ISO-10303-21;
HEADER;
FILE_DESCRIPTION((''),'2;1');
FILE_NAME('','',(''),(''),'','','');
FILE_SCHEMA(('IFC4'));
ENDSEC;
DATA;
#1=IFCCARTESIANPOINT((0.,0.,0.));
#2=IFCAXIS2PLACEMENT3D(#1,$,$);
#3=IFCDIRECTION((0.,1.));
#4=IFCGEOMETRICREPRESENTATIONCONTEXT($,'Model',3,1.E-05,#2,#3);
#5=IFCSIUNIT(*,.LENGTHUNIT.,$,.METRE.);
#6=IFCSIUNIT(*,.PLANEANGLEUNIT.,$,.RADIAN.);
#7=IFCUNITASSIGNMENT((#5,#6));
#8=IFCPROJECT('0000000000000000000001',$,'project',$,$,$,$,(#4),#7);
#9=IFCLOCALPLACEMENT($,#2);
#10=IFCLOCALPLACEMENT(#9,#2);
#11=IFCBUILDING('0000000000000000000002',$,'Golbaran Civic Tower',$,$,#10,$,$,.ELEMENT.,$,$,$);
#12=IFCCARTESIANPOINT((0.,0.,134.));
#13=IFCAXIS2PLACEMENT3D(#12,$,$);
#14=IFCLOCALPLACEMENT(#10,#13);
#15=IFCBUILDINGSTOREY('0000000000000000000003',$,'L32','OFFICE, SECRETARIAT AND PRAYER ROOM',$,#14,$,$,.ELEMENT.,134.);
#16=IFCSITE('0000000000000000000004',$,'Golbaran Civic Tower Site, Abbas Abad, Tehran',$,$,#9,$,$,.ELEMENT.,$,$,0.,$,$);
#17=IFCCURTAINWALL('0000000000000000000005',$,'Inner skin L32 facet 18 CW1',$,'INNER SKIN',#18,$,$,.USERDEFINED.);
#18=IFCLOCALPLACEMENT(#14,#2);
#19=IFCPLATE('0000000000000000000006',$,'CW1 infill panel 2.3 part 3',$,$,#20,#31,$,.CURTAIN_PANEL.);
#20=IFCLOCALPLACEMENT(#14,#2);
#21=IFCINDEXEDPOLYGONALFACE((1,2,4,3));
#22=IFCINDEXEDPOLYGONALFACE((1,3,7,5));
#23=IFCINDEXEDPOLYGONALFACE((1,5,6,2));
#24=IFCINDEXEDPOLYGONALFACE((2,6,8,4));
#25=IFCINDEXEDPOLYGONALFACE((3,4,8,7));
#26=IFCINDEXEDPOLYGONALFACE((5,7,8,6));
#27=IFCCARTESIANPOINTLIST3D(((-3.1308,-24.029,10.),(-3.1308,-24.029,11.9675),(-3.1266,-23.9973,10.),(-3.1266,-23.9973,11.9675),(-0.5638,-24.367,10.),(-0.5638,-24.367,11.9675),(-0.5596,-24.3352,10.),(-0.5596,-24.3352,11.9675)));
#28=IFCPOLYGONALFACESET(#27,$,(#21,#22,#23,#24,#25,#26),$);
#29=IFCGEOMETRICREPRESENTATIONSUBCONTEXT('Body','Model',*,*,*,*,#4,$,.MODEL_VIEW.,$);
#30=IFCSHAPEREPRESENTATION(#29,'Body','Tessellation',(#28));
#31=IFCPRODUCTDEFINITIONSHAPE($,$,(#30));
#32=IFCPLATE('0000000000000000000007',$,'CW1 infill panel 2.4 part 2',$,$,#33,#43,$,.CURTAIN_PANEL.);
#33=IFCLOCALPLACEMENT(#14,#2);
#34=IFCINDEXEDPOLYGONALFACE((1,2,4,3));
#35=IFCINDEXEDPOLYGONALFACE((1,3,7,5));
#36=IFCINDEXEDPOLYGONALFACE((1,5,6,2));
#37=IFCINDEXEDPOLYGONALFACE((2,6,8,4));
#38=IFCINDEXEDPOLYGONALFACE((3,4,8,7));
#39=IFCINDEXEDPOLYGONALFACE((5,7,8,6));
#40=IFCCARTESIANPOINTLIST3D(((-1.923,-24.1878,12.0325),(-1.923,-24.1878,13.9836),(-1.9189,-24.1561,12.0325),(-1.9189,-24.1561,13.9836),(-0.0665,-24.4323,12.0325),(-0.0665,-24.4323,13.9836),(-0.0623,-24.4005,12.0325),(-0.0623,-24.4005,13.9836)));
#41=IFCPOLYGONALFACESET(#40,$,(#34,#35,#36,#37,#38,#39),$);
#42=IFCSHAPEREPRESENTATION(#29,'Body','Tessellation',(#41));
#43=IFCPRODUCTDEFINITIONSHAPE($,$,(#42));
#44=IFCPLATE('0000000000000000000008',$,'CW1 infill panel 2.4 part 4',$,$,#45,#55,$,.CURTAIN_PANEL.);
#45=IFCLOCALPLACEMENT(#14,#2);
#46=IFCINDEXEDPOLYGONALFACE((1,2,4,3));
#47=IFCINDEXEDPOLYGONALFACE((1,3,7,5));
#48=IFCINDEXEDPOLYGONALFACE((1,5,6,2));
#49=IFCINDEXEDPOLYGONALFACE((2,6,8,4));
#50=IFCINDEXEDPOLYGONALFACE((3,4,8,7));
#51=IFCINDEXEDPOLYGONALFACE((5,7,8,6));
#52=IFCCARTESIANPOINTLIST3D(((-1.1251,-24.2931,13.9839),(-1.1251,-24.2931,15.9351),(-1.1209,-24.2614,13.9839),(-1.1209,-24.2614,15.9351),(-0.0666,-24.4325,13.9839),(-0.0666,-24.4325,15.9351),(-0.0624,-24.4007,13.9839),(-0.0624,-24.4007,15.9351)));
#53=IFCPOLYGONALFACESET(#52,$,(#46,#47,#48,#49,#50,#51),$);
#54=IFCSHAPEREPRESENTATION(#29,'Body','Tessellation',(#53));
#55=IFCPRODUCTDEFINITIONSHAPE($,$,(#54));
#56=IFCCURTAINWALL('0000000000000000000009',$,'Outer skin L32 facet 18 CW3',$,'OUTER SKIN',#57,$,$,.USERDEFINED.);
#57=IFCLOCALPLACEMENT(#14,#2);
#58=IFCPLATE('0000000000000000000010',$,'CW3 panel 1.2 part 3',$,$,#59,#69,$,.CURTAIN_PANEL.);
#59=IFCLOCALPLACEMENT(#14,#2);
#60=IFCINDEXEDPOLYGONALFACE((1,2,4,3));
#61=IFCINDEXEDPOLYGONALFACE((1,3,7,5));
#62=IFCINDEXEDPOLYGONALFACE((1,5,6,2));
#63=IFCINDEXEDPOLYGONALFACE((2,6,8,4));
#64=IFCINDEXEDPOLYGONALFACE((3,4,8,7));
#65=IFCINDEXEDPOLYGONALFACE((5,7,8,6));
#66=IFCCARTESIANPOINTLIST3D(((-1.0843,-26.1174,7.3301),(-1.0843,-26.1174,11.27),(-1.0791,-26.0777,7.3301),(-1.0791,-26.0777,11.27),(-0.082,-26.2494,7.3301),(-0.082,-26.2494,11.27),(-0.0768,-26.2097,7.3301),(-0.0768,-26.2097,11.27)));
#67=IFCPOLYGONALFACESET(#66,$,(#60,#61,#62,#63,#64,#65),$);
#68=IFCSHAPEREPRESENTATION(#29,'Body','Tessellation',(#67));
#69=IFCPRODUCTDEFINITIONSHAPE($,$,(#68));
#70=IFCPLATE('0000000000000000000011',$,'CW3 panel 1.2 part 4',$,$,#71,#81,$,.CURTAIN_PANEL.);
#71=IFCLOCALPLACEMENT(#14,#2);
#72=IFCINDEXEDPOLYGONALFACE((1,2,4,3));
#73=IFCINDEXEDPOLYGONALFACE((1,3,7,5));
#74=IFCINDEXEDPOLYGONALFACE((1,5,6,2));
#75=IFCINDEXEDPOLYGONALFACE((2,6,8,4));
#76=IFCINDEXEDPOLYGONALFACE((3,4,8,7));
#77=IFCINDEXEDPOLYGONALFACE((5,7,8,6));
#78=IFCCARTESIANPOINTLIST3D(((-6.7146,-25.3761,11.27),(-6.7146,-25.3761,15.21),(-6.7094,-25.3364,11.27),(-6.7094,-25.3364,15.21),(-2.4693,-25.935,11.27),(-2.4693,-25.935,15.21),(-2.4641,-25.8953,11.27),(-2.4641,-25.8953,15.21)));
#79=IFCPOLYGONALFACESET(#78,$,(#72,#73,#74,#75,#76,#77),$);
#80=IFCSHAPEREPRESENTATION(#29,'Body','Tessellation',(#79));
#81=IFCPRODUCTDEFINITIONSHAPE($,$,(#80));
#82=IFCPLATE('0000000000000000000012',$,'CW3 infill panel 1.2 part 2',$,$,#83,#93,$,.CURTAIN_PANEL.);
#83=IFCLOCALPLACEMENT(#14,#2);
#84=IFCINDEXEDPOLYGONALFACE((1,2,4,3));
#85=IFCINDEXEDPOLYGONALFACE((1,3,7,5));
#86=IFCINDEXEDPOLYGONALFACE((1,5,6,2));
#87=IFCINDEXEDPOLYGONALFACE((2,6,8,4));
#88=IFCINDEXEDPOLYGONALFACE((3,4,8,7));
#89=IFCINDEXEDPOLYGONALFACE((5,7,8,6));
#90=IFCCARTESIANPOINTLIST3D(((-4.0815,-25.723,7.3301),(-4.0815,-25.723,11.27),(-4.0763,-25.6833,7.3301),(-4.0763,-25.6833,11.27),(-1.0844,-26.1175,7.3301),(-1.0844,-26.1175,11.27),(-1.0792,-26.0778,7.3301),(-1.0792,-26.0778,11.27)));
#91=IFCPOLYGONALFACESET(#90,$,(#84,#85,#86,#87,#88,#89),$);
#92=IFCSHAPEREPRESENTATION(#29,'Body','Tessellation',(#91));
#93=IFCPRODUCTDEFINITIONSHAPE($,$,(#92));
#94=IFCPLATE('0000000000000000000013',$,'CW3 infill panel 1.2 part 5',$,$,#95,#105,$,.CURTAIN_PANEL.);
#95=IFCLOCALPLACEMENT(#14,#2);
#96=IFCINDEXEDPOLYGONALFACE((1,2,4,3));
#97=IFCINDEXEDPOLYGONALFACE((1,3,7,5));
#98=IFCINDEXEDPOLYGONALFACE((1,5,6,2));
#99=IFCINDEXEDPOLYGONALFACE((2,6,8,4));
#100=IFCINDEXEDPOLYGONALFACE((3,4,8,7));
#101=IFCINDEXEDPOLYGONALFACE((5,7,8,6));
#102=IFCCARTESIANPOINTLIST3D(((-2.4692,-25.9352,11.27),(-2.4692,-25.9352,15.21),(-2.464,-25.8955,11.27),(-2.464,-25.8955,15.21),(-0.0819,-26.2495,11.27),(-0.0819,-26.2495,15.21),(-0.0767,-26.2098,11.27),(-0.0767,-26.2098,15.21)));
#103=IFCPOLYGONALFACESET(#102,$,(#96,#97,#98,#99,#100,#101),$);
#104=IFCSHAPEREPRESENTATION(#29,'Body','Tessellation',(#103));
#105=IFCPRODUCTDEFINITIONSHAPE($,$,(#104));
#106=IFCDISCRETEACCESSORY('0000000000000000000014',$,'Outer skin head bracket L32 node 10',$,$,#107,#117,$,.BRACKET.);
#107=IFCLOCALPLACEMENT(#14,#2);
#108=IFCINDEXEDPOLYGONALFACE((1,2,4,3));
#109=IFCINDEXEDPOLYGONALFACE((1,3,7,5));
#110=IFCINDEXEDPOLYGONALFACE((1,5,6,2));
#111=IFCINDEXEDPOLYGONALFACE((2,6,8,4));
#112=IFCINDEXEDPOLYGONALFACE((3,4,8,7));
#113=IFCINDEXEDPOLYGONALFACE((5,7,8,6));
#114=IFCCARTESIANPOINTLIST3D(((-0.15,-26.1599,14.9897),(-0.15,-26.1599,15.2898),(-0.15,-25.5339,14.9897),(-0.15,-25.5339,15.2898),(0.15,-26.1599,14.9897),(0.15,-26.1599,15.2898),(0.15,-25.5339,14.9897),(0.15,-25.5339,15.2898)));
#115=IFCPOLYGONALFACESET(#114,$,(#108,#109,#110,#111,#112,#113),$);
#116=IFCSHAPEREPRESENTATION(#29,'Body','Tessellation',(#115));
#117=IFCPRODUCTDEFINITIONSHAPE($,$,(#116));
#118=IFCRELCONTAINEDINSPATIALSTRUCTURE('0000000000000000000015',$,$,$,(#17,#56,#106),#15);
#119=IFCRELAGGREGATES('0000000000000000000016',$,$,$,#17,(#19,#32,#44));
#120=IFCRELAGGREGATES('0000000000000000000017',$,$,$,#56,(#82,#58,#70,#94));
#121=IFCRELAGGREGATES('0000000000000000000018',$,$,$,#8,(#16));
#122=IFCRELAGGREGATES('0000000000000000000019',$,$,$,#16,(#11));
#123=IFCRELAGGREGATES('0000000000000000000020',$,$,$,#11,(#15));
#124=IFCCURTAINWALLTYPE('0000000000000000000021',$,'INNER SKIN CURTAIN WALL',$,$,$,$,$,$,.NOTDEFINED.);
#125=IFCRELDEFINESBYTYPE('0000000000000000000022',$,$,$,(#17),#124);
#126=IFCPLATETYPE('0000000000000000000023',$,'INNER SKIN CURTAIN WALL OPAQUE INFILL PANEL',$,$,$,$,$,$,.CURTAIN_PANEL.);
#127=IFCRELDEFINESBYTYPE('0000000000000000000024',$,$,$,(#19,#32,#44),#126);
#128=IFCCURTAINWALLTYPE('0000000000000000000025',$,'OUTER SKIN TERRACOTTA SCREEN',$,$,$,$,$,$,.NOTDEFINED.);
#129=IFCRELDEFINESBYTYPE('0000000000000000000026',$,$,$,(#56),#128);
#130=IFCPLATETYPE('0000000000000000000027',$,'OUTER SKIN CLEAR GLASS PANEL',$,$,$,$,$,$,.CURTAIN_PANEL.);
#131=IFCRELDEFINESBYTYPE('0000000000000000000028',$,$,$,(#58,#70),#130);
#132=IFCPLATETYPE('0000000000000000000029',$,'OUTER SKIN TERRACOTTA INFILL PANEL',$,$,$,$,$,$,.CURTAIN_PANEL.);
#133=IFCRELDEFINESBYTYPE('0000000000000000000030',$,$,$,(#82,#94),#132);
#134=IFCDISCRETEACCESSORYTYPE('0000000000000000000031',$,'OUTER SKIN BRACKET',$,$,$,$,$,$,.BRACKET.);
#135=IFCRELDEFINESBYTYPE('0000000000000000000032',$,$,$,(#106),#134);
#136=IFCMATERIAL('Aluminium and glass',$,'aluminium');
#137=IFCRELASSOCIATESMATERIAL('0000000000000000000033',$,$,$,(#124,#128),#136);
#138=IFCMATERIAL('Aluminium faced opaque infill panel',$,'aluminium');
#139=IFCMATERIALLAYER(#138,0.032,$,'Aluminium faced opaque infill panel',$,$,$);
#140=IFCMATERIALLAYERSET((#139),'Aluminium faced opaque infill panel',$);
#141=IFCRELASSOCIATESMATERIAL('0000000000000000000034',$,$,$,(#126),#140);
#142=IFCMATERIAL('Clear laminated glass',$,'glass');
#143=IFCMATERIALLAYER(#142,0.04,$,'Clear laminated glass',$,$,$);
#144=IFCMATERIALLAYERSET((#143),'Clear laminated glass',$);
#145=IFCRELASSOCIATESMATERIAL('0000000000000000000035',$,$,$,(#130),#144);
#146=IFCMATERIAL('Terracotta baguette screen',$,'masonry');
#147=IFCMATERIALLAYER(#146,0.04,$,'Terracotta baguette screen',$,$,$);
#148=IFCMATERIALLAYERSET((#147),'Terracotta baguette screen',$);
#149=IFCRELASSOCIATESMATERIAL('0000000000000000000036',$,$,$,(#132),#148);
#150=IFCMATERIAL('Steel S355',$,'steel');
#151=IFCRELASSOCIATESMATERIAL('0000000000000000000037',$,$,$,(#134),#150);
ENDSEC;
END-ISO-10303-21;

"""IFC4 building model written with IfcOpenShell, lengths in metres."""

from ifc_helpers import new_model, si_unit, direction, frame, origin, origin_2d, place, context, subcontext, project, spatial, rectangle, extrude, material, layer, layer_set, type_object, element, aggregate, save


model = new_model("IFC4")

# Units and contexts
model_context = context("Model", 3, precision=1e-05, world=origin(), true_north=direction((0.0, 1.0)))
body_context = subcontext(model_context, "Body", "Model", "MODEL_VIEW")
ifc_project = project(units=[si_unit("LENGTHUNIT", "METRE"), si_unit("PLANEANGLEUNIT", "RADIAN")], contexts=[model_context])

# Site, building, storey
site_placement = place(None, origin())
site = spatial("IfcSite", under=ifc_project, at=site_placement, Name="Golbaran Civic Tower Site, Abbas Abad, Tehran", CompositionType="ELEMENT", RefElevation=0.0)
building_placement = place(site_placement, origin())
building = spatial("IfcBuilding", under=site, at=building_placement, Name="Golbaran Civic Tower", CompositionType="ELEMENT")
storey_placement = place(building_placement, frame((0.0, 0.0, 134.0)))
storey = spatial("IfcBuildingStorey", under=building, at=storey_placement, Name="L32", Description="OFFICE, SECRETARIAT AND PRAYER ROOM", CompositionType="ELEMENT", Elevation=134.0)

# Curtain wall, plates
ifc_material_1 = material(Name="Aluminium and glass", Category="aluminium")
curtain_wall_type_1 = type_object("IfcCurtainWallType", Name="INNER SKIN CURTAIN WALL", PredefinedType="NOTDEFINED", material=ifc_material_1)
curtain_wall_1_placement = place(storey_placement, origin())
curtain_wall_1 = element("IfcCurtainWall", 1, at=curtain_wall_1_placement, inside=storey, type_object=curtain_wall_type_1, Name="Inner skin L32 facet 18 CW1", ObjectType="INNER SKIN", PredefinedType="USERDEFINED")
ifc_material_2 = material(Name="Aluminium faced opaque infill panel", Category="aluminium")
ifc_layer_1 = layer(ifc_material_2, 0.032, Name="Aluminium faced opaque infill panel")
ifc_layer_set_1 = layer_set([ifc_layer_1], Name="Aluminium faced opaque infill panel")
plate_type_1 = type_object("IfcPlateType", Name="INNER SKIN CURTAIN WALL OPAQUE INFILL PANEL", PredefinedType="CURTAIN_PANEL", material=ifc_layer_set_1)
plate_1_placement = place(storey_placement, frame((-1.8452, -24.1821, 10.0), z_axis=(0.0, 0.0, 1.0), x_axis=(0.991445, -0.130526, 0.0)))
plate_1 = element("IfcPlate", 2, at=plate_1_placement, type_object=plate_type_1, Name="CW1 infill panel 2.3 part 3", PredefinedType="CURTAIN_PANEL", context=body_context, shape_type="SweptSolid", body=[
    extrude(rectangle(XDim=2.5891, YDim=0.032, at=origin_2d()), origin(), (0.0, 0.0, 1.0), 1.9675),
])
plate_2_placement = place(storey_placement, frame((-0.9927, -24.2942, 12.0325), z_axis=(0.0, 0.0, 1.0), x_axis=(0.991445, -0.130526, 0.0)))
plate_2 = element("IfcPlate", 3, at=plate_2_placement, type_object=plate_type_1, Name="CW1 infill panel 2.4 part 2", PredefinedType="CURTAIN_PANEL", context=body_context, shape_type="SweptSolid", body=[
    extrude(rectangle(XDim=1.8726, YDim=0.032, at=origin_2d()), origin(), (0.0, 0.0, 1.0), 1.9512),
])
plate_3_placement = place(storey_placement, frame((-0.5938, -24.3469, 13.9839), z_axis=(0.0, 0.0, 1.0), x_axis=(0.991445, -0.130526, 0.0)))
plate_3 = element("IfcPlate", 4, at=plate_3_placement, type_object=plate_type_1, Name="CW1 infill panel 2.4 part 4", PredefinedType="CURTAIN_PANEL", context=body_context, shape_type="SweptSolid", body=[
    extrude(rectangle(XDim=1.0676, YDim=0.032, at=origin_2d()), origin(), (0.0, 0.0, 1.0), 1.9512),
])
aggregate(curtain_wall_1, [plate_1, plate_2, plate_3])

# Curtain wall, plates
curtain_wall_type_2 = type_object("IfcCurtainWallType", Name="OUTER SKIN TERRACOTTA SCREEN", PredefinedType="NOTDEFINED", material=ifc_material_1)
curtain_wall_2_placement = place(storey_placement, origin())
curtain_wall_2 = element("IfcCurtainWall", 5, at=curtain_wall_2_placement, inside=storey, type_object=curtain_wall_type_2, Name="Outer skin L32 facet 18 CW3", ObjectType="OUTER SKIN", PredefinedType="USERDEFINED")
ifc_material_3 = material(Name="Clear laminated glass", Category="glass")
ifc_layer_2 = layer(ifc_material_3, 0.04, Name="Clear laminated glass")
ifc_layer_set_2 = layer_set([ifc_layer_2], Name="Clear laminated glass")
plate_type_2 = type_object("IfcPlateType", Name="OUTER SKIN CLEAR GLASS PANEL", PredefinedType="CURTAIN_PANEL", material=ifc_layer_set_2)
plate_4_placement = place(storey_placement, frame((-0.5806, -26.1636, 7.3301), z_axis=(0.0, 0.0, 1.0), x_axis=(0.991445, -0.130526, 0.0)))
plate_4 = element("IfcPlate", 6, at=plate_4_placement, type_object=plate_type_2, Name="CW3 panel 1.2 part 3", PredefinedType="CURTAIN_PANEL", context=body_context, shape_type="SweptSolid", body=[
    extrude(rectangle(XDim=1.011, YDim=0.04, at=origin_2d()), origin(), (0.0, 0.0, 1.0), 3.9399),
])
plate_5_placement = place(storey_placement, frame((-4.5894, -25.6357, 11.27), z_axis=(0.0, 0.0, 1.0), x_axis=(0.991445, -0.130526, 0.0)))
plate_5 = element("IfcPlate", 7, at=plate_5_placement, type_object=plate_type_2, Name="CW3 panel 1.2 part 4", PredefinedType="CURTAIN_PANEL", context=body_context, shape_type="SweptSolid", body=[
    extrude(rectangle(XDim=4.282, YDim=0.04, at=origin_2d()), origin(), (0.0, 0.0, 1.0), 3.9399),
])
ifc_material_4 = material(Name="Terracotta baguette screen", Category="masonry")
ifc_layer_3 = layer(ifc_material_4, 0.04, Name="Terracotta baguette screen")
ifc_layer_set_3 = layer_set([ifc_layer_3], Name="Terracotta baguette screen")
plate_type_3 = type_object("IfcPlateType", Name="OUTER SKIN TERRACOTTA INFILL PANEL", PredefinedType="CURTAIN_PANEL", material=ifc_layer_set_3)
plate_6_placement = place(storey_placement, frame((-2.5803, -25.9004, 7.3301), z_axis=(0.0, 0.0, 1.0), x_axis=(0.991445, -0.130526, 0.0)))
plate_6 = element("IfcPlate", 8, at=plate_6_placement, type_object=plate_type_3, Name="CW3 infill panel 1.2 part 2", PredefinedType="CURTAIN_PANEL", context=body_context, shape_type="SweptSolid", body=[
    extrude(rectangle(XDim=3.0229, YDim=0.04, at=origin_2d()), origin(), (0.0, 0.0, 1.0), 3.9399),
])
plate_7_placement = place(storey_placement, frame((-1.2729, -26.0725, 11.27), z_axis=(0.0, 0.0, 1.0), x_axis=(0.991445, -0.130526, 0.0)))
plate_7 = element("IfcPlate", 9, at=plate_7_placement, type_object=plate_type_3, Name="CW3 infill panel 1.2 part 5", PredefinedType="CURTAIN_PANEL", context=body_context, shape_type="SweptSolid", body=[
    extrude(rectangle(XDim=2.408, YDim=0.04, at=origin_2d()), origin(), (0.0, 0.0, 1.0), 3.9399),
])
aggregate(curtain_wall_2, [plate_6, plate_4, plate_5, plate_7])

# Discrete accessory
ifc_material_5 = material(Name="Steel S355", Category="steel")
discrete_accessory_type = type_object("IfcDiscreteAccessoryType", Name="OUTER SKIN BRACKET", PredefinedType="BRACKET", material=ifc_material_5)
discrete_accessory_placement = place(storey_placement, frame((0.0, -25.8469, 14.9897), z_axis=(0.0, 0.0, 1.0), x_axis=(0.0, -1.0, 0.0)))
element("IfcDiscreteAccessory", 10, at=discrete_accessory_placement, inside=storey, type_object=discrete_accessory_type, Name="Outer skin head bracket L32 node 10", PredefinedType="BRACKET", context=body_context, shape_type="SweptSolid", body=[
    extrude(rectangle(XDim=0.626, YDim=0.3, at=origin_2d()), origin(), (0.0, 0.0, 1.0), 0.3),
])

save(model, "model.ifc")
